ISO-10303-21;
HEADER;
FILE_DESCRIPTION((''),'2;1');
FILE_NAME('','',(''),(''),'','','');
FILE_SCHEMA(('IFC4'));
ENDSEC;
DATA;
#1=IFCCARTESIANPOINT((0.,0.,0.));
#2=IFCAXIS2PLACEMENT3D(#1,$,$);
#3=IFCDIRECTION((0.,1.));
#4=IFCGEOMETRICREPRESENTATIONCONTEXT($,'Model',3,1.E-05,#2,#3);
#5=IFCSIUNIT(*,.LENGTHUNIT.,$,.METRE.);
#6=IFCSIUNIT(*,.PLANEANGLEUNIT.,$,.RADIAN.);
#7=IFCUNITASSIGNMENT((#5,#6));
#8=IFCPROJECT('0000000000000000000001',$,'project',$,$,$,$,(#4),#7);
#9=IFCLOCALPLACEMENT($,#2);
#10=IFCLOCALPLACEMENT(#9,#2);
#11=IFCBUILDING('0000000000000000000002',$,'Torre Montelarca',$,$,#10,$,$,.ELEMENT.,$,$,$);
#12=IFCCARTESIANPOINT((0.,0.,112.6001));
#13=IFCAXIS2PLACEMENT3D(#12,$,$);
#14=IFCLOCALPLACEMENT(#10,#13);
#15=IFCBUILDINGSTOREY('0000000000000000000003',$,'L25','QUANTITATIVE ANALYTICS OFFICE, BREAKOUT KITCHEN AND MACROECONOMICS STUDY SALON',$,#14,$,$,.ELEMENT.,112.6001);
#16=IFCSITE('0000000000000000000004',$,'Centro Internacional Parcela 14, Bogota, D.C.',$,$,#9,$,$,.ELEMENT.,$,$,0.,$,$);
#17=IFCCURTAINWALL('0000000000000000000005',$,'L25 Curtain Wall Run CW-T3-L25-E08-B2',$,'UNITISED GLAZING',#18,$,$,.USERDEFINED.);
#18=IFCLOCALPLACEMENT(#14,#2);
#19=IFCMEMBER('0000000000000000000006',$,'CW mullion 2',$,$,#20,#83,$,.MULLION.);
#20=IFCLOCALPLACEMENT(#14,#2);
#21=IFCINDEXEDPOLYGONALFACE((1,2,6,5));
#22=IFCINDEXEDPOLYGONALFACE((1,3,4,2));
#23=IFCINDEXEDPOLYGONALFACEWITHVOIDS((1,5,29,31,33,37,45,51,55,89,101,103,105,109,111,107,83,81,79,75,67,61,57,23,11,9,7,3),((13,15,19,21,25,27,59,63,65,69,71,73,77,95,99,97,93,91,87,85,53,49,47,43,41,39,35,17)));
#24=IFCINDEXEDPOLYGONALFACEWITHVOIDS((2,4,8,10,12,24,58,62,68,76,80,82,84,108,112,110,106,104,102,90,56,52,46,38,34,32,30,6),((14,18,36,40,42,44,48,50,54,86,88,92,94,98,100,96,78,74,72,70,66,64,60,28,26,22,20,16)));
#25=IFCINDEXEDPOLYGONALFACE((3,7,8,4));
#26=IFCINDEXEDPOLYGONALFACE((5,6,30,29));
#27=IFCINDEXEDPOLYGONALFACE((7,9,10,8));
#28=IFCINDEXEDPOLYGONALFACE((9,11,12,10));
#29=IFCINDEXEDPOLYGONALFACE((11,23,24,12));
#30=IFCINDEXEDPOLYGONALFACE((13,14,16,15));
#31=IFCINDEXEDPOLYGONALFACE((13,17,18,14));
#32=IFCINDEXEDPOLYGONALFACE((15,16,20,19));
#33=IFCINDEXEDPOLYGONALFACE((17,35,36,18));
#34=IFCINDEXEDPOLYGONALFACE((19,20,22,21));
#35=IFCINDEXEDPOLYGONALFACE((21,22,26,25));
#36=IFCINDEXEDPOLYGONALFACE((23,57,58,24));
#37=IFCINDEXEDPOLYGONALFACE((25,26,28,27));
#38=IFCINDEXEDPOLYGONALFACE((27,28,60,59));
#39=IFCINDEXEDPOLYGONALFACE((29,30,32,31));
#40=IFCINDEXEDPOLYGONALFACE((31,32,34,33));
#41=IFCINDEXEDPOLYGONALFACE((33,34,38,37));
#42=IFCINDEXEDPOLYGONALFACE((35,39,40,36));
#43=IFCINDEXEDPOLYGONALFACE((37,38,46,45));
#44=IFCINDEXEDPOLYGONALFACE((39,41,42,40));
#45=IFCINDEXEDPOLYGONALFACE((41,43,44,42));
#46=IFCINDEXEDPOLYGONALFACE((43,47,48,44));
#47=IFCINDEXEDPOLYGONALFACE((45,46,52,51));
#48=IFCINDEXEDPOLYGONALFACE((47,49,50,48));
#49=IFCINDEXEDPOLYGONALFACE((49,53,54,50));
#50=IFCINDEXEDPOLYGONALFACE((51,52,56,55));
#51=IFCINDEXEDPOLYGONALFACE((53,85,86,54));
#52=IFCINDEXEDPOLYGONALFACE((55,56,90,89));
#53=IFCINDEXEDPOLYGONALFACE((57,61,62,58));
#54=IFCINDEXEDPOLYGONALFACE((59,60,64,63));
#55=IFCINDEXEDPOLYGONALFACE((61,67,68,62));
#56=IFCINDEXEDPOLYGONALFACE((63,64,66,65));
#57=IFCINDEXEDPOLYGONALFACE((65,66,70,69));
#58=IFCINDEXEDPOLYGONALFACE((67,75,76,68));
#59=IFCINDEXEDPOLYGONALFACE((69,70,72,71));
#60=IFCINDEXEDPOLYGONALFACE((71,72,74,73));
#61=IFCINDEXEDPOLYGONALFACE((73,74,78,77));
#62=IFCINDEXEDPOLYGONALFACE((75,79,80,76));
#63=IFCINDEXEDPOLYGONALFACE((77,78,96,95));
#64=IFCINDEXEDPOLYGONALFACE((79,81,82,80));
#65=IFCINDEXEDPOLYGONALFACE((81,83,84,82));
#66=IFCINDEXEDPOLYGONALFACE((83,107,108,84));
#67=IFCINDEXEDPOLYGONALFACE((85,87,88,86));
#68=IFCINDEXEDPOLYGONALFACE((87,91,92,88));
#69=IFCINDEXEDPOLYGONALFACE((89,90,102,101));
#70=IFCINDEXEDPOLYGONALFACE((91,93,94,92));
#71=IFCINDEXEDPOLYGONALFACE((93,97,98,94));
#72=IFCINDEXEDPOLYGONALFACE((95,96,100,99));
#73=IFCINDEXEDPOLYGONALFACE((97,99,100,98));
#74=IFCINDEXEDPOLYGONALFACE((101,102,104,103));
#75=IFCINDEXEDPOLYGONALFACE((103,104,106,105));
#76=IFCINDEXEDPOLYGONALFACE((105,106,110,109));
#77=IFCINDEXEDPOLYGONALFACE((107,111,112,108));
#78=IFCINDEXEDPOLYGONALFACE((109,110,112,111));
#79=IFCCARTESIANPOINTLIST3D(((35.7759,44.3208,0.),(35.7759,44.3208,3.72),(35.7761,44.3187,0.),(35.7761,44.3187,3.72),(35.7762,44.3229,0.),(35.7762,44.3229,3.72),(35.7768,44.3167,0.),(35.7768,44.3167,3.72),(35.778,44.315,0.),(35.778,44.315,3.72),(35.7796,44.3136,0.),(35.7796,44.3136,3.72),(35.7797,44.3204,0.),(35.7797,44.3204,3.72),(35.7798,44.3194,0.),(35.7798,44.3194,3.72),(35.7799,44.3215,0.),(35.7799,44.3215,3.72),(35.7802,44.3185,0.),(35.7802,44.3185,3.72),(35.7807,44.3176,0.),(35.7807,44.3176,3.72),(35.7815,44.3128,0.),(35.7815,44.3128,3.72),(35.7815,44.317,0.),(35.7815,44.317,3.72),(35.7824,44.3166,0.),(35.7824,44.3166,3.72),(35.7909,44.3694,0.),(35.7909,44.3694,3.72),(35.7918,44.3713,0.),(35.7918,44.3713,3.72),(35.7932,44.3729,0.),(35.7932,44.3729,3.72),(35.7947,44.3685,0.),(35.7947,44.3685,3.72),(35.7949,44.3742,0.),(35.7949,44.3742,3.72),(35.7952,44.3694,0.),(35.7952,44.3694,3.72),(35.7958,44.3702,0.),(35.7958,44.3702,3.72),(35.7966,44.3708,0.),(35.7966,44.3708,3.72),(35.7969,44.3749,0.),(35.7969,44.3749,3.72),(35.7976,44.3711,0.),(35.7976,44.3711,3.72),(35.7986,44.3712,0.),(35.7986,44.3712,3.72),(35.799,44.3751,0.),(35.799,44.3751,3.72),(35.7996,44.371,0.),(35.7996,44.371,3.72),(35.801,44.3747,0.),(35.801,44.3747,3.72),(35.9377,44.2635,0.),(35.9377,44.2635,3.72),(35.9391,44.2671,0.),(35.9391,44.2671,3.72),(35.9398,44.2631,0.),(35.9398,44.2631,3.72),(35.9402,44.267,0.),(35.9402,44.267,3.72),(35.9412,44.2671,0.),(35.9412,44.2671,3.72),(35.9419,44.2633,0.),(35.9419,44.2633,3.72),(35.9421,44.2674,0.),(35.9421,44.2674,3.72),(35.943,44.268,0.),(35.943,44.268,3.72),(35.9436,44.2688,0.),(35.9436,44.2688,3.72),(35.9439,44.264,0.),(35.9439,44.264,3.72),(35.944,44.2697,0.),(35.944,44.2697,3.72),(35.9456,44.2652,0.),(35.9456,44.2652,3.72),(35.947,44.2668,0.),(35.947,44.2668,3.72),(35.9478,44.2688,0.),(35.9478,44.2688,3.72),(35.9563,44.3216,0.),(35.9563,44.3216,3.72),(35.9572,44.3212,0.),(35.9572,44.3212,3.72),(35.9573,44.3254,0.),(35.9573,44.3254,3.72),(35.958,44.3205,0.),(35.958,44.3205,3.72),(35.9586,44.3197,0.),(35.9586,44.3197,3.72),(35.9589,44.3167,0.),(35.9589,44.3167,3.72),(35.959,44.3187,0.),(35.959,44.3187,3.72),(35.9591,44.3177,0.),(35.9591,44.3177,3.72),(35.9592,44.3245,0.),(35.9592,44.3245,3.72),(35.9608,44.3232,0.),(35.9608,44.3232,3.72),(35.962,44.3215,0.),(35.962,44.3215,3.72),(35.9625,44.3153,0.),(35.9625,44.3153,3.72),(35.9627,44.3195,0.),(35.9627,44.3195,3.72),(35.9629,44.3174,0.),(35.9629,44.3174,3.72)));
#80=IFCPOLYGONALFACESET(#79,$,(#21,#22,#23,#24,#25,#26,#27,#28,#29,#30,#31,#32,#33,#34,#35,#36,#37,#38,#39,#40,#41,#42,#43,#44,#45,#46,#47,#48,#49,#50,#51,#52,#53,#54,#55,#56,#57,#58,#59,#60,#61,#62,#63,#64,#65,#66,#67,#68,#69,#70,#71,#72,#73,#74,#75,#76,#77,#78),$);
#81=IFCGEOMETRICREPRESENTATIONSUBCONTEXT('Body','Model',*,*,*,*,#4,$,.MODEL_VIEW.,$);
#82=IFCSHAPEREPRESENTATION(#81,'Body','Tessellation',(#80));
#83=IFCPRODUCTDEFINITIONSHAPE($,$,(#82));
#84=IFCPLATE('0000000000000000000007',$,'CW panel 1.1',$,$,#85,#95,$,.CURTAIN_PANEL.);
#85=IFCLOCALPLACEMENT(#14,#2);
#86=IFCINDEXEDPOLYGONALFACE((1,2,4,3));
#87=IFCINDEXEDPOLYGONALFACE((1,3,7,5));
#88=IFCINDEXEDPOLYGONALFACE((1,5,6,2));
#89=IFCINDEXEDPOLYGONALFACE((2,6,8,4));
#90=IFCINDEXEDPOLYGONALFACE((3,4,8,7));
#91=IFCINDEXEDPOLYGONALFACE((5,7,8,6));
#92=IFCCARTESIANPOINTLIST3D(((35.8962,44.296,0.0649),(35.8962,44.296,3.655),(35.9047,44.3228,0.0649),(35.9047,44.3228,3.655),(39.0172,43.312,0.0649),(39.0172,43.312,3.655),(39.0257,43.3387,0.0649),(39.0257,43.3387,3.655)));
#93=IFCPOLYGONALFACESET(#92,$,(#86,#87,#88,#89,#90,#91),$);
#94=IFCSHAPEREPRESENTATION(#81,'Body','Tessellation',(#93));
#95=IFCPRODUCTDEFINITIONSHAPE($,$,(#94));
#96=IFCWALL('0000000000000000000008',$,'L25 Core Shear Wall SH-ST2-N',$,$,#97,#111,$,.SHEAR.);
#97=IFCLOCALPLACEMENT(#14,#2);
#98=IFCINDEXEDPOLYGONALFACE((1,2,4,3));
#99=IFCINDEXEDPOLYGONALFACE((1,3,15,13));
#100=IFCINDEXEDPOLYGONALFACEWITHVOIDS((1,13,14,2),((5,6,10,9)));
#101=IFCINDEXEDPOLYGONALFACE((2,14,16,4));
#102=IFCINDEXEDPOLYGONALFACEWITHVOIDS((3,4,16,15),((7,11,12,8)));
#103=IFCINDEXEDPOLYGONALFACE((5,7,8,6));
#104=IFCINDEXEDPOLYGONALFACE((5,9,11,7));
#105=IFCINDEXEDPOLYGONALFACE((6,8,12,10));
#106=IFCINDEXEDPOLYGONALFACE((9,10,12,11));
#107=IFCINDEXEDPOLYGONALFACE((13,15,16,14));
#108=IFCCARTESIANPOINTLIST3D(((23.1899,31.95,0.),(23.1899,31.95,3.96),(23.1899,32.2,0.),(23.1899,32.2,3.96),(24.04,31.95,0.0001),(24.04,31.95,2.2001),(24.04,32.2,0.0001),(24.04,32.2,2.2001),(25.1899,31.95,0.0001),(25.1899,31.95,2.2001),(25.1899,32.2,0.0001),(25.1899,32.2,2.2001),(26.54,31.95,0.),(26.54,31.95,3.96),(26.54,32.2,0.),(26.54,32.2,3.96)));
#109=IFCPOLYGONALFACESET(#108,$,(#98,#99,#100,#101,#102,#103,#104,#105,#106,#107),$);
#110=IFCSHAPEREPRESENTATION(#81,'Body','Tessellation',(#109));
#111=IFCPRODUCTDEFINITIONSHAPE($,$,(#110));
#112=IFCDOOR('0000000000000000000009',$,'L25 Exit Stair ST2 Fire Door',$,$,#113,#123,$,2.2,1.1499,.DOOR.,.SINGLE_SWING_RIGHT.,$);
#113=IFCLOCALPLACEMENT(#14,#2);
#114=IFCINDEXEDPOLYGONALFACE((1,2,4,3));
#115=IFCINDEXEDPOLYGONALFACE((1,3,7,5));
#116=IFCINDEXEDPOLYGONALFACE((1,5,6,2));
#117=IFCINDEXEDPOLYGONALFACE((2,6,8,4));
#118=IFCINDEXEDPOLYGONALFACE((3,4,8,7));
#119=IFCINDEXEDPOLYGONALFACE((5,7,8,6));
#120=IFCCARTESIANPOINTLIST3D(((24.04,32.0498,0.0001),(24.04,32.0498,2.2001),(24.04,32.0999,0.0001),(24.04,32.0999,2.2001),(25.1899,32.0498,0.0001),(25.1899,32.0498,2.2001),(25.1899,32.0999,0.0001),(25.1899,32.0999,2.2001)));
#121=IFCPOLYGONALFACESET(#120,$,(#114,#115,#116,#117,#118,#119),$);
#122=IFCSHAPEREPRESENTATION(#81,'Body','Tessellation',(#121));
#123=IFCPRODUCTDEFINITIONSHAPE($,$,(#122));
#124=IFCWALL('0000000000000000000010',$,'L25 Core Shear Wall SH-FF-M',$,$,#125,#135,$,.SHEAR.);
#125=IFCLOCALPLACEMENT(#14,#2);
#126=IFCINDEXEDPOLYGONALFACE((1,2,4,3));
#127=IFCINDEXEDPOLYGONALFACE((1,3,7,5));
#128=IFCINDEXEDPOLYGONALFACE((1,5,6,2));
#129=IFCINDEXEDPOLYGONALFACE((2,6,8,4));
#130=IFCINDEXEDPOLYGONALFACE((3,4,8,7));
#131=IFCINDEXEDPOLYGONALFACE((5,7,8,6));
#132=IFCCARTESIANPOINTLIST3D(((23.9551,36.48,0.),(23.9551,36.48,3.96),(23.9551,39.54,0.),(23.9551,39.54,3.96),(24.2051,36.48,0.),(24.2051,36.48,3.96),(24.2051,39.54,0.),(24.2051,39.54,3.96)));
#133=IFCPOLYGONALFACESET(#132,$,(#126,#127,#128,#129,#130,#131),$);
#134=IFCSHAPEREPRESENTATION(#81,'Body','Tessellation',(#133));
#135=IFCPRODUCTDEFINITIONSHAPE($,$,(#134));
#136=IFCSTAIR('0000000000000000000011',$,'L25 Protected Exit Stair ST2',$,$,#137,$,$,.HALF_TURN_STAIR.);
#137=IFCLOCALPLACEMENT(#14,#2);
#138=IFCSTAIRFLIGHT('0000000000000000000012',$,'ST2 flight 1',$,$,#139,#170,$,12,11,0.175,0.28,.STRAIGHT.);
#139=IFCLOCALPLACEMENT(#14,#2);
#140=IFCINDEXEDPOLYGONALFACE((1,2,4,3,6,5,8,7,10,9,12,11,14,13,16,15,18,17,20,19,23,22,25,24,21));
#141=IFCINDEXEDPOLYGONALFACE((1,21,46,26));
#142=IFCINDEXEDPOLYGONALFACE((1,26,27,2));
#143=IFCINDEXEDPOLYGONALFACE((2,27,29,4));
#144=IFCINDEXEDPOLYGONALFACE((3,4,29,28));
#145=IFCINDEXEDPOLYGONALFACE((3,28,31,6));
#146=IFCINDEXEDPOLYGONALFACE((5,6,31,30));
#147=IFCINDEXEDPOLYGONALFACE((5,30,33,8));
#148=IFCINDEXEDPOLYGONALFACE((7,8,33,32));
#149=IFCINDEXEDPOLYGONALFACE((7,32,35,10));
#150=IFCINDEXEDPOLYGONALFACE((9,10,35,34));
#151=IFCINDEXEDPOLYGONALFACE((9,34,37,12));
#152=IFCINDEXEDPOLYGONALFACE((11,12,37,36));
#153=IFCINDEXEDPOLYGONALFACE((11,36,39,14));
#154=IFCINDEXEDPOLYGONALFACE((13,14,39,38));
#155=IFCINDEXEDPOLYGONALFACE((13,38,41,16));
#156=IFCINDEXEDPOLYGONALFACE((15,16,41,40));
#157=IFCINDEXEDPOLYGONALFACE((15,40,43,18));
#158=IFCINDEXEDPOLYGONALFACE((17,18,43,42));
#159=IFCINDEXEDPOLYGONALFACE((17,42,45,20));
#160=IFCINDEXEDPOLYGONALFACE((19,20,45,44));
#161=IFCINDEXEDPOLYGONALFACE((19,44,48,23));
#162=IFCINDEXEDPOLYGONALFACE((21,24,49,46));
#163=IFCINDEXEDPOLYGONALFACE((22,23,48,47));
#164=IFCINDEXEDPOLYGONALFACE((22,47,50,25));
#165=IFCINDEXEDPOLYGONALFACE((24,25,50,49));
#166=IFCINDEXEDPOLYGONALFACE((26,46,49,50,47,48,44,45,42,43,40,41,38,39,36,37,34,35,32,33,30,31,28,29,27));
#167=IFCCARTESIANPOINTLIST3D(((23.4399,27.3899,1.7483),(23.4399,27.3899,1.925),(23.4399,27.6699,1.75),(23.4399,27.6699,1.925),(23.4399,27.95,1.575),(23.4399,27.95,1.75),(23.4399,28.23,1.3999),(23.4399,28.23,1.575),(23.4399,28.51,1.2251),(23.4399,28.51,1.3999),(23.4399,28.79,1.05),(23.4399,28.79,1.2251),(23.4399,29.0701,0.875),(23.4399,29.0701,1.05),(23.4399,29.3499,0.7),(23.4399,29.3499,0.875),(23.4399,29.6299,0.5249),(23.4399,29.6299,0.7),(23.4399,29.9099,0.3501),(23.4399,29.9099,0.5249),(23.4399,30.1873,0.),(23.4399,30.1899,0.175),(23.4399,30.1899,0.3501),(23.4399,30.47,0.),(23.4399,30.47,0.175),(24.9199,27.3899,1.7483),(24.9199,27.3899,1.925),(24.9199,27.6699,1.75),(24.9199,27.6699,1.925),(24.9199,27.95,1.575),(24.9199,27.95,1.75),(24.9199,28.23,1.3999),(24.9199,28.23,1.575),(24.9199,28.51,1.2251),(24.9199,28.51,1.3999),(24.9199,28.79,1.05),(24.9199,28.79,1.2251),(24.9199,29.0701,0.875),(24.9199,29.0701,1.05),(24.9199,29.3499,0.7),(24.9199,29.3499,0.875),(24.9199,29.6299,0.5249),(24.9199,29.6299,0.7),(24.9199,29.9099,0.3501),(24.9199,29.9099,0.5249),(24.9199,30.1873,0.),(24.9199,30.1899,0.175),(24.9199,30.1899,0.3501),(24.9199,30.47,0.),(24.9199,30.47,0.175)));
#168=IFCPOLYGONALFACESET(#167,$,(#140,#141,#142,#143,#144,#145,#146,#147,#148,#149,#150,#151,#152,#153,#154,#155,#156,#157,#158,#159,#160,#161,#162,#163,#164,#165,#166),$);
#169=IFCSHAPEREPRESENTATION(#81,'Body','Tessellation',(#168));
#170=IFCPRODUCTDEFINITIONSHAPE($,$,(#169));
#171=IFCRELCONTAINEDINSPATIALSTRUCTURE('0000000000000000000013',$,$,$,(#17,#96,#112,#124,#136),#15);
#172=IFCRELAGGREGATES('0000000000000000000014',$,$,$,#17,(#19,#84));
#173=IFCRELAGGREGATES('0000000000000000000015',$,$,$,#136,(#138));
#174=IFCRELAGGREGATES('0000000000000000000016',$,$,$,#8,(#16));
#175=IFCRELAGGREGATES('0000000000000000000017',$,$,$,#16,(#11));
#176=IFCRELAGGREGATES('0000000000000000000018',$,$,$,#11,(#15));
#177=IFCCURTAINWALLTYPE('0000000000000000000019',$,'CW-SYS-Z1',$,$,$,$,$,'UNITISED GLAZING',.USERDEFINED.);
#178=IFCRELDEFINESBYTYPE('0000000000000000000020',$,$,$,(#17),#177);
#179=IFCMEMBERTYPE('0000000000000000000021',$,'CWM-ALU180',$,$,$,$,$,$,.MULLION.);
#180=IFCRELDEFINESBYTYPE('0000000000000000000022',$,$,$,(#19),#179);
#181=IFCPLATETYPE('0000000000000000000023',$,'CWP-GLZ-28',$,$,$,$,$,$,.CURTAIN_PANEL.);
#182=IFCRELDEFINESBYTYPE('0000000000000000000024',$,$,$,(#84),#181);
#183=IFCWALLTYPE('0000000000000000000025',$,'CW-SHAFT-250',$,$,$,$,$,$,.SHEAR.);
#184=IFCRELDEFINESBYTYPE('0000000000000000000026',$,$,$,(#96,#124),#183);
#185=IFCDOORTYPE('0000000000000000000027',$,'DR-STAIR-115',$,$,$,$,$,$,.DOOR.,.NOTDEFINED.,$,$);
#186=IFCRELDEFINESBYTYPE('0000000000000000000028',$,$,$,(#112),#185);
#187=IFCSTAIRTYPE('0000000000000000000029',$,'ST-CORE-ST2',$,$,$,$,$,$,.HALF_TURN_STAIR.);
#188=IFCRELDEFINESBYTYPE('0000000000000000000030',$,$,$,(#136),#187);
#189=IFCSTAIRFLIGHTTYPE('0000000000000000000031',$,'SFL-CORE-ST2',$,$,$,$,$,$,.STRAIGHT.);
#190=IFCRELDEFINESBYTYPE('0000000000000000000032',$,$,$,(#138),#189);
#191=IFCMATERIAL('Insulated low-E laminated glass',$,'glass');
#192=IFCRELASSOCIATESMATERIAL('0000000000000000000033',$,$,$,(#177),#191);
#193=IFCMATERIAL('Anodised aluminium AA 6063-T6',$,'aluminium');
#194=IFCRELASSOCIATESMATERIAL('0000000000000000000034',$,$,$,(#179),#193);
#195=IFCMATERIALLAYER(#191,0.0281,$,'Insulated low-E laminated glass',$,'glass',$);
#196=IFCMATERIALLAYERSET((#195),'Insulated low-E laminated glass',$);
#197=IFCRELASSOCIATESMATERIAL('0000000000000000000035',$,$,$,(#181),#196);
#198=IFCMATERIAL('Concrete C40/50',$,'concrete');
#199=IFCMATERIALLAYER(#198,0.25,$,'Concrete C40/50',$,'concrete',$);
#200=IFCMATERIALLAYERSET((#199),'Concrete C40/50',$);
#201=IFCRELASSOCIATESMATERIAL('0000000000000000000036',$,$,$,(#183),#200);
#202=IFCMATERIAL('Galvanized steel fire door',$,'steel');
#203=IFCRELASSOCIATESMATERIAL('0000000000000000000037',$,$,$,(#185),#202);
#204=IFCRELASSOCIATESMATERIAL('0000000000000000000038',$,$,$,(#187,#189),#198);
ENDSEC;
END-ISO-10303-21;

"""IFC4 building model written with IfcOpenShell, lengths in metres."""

from ifc_helpers import new_model, si_unit, direction, frame, frame_2d, origin, origin_2d, place, context, subcontext, project, spatial, polyline, rectangle, hollow_rectangle, outline, extrude, source, transform, mapped, material, layer, layer_set, material_profile, profile_set, type_object, element, fill, aggregate, save


model = new_model("IFC4")

# Units and contexts
model_context = context("Model", 3, precision=1e-05, world=origin(), true_north=direction((0.0, 1.0)))
body_context = subcontext(model_context, "Body", "Model", "MODEL_VIEW")
ifc_project = project(units=[si_unit("LENGTHUNIT", "METRE"), si_unit("PLANEANGLEUNIT", "RADIAN")], contexts=[model_context])

# Site, building, storey
site_placement = place(None, origin())
site = spatial("IfcSite", under=ifc_project, at=site_placement, Name="Centro Internacional Parcela 14, Bogota, D.C.", CompositionType="ELEMENT", RefElevation=0.0)
building_placement = place(site_placement, origin())
building = spatial("IfcBuilding", under=site, at=building_placement, Name="Torre Montelarca", CompositionType="ELEMENT")
storey_placement = place(building_placement, frame((0.0, 0.0, 112.6001)))
storey = spatial("IfcBuildingStorey", under=building, at=storey_placement, Name="L25", Description="QUANTITATIVE ANALYTICS OFFICE, BREAKOUT KITCHEN AND MACROECONOMICS STUDY SALON", CompositionType="ELEMENT", Elevation=112.6001)

# Curtain wall, member, plate
ifc_material_1 = material(Name="Insulated low-E laminated glass", Category="glass")
curtain_wall_type = type_object("IfcCurtainWallType", Name="CW-SYS-Z1", ElementType="UNITISED GLAZING", PredefinedType="USERDEFINED", material=ifc_material_1)
curtain_wall_placement = place(storey_placement, origin())
curtain_wall = element("IfcCurtainWall", 1, at=curtain_wall_placement, inside=storey, type_object=curtain_wall_type, Name="L25 Curtain Wall Run CW-T3-L25-E08-B2", ObjectType="UNITISED GLAZING", PredefinedType="USERDEFINED")
ifc_material_2 = material(Name="Anodised aluminium AA 6063-T6", Category="aluminium")
ifc_material_profile_1 = material_profile(ifc_material_2, hollow_rectangle(XDim=0.0649, YDim=0.1799, WallThickness=0.0039, InnerFilletRadius=0.0039, OuterFilletRadius=0.0081, at=origin_2d()), Name="ALU65X180X4", Category="aluminium")
ifc_profile_set_1 = profile_set([ifc_material_profile_1], Name="Anodised aluminium AA 6063-T6")
member_type_1 = type_object("IfcMemberType", Name="CWM-ALU180", PredefinedType="MULLION", material=ifc_profile_set_1)
shared_shape_1 = source(origin(), body_context, "Body", "SweptSolid", [
    extrude(hollow_rectangle(XDim=0.0649, YDim=0.1799, WallThickness=0.0039, InnerFilletRadius=0.0039, OuterFilletRadius=0.0081, at=origin_2d()), origin(), (0.0, 0.0, 1.0), 3.72),
])
member_1_placement = place(storey_placement, frame((35.8694, 44.3191, 0.0), z_axis=(0.0, 0.0, 1.0), x_axis=(-0.300714, -0.953714, 0.0)))
member_1 = element("IfcMember", 2, at=member_1_placement, type_object=member_type_1, Name="CW mullion 2", PredefinedType="MULLION", context=body_context, shape_type="MappedRepresentation", body=[
    mapped(shared_shape_1, transform((0.0, 0.0, 0.0), scale=1.0)),
])
ifc_layer_1 = layer(ifc_material_1, 0.0281, Name="Insulated low-E laminated glass", Category="glass")
ifc_layer_set_1 = layer_set([ifc_layer_1], Name="Insulated low-E laminated glass")
plate_type = type_object("IfcPlateType", Name="CWP-GLZ-28", PredefinedType="CURTAIN_PANEL", material=ifc_layer_set_1)
shared_shape_2 = source(origin(), body_context, "Body", "SweptSolid", [
    extrude(rectangle(XDim=3.2725, YDim=0.0281, at=origin_2d()), origin(), (0.0, 0.0, 1.0), 3.5901),
])
plate_placement = place(storey_placement, frame((37.4609, 43.8174, 0.0649), z_axis=(0.0, 0.0, 1.0), x_axis=(-0.953714, 0.300714, 0.0)))
plate = element("IfcPlate", 3, at=plate_placement, type_object=plate_type, Name="CW panel 1.1", PredefinedType="CURTAIN_PANEL", context=body_context, shape_type="MappedRepresentation", body=[
    mapped(shared_shape_2, transform((0.0, 0.0, 0.0), scale=1.0)),
])
aggregate(curtain_wall, [member_1, plate])

# Wall, opening, door
ifc_material_3 = material(Name="Concrete C40/50", Category="concrete")
ifc_layer_2 = layer(ifc_material_3, 0.25, Name="Concrete C40/50", Category="concrete")
ifc_layer_set_2 = layer_set([ifc_layer_2], Name="Concrete C40/50")
wall_type = type_object("IfcWallType", Name="CW-SHAFT-250", PredefinedType="SHEAR", material=ifc_layer_set_2)
wall_1_placement = place(storey_placement, frame((23.1899, 32.075, 0.0), z_axis=(0.0, 0.0, 1.0), x_axis=(1.0, 0.0, 0.0)))
wall_1 = element("IfcWall", 4, at=wall_1_placement, inside=storey, type_object=wall_type, Name="L25 Core Shear Wall SH-ST2-N", PredefinedType="SHEAR", context=body_context, shape_type="SweptSolid", body=[
    extrude(rectangle(XDim=3.3501, YDim=0.25, at=frame_2d((1.675, 0.0))), origin(), (0.0, 0.0, 1.0), 3.96),
])
opening_placement = place(wall_1_placement, frame((0.8501, 0.0, 0.0)))
opening = element("IfcOpeningElement", 5, at=opening_placement, cuts=wall_1, PredefinedType="OPENING", context=body_context, shape_type="SweptSolid", body=[
    extrude(rectangle(XDim=1.1499, YDim=2.2, at=frame_2d((0.575, 1.1001))), frame((0.0, 0.135, 0.0), z_axis=(0.0, -1.0, 0.0), x_axis=(1.0, 0.0, 0.0)), (0.0, 0.0, 1.0), 0.27),
])
ifc_material_4 = material(Name="Galvanized steel fire door", Category="steel")
door_type = type_object("IfcDoorType", Name="DR-STAIR-115", OperationType="NOTDEFINED", PredefinedType="DOOR", material=ifc_material_4)
shared_shape_3 = source(origin(), body_context, "Body", "SweptSolid", [
    extrude(rectangle(XDim=1.1499, YDim=2.2, at=frame_2d((0.575, 1.1001))), frame((0.0, 0.0249, 0.0), z_axis=(0.0, -1.0, 0.0), x_axis=(1.0, 0.0, 0.0)), (0.0, 0.0, 1.0), 0.05),
])
door_placement = place(opening_placement, origin())
door = element("IfcDoor", 6, at=door_placement, inside=storey, type_object=door_type, Name="L25 Exit Stair ST2 Fire Door", OperationType="SINGLE_SWING_RIGHT", OverallHeight=2.2, OverallWidth=1.1499, PredefinedType="DOOR", context=body_context, shape_type="MappedRepresentation", body=[
    mapped(shared_shape_3, transform((0.0, 0.0, 0.0), scale=1.0)),
])
fill(opening, door)

# Wall
wall_2_placement = place(storey_placement, frame((24.0801, 36.48, 0.0), z_axis=(0.0, 0.0, 1.0), x_axis=(0.0, 1.0, 0.0)))
element("IfcWall", 7, at=wall_2_placement, inside=storey, type_object=wall_type, Name="L25 Core Shear Wall SH-FF-M", PredefinedType="SHEAR", context=body_context, shape_type="SweptSolid", body=[
    extrude(rectangle(XDim=3.0601, YDim=0.25, at=frame_2d((1.53, 0.0))), origin(), (0.0, 0.0, 1.0), 3.96),
])

# Stair, stair flight
stair_type = type_object("IfcStairType", Name="ST-CORE-ST2", PredefinedType="HALF_TURN_STAIR", material=ifc_material_3)
stair_placement = place(storey_placement, origin())
stair = element("IfcStair", 8, at=stair_placement, inside=storey, type_object=stair_type, Name="L25 Protected Exit Stair ST2", PredefinedType="HALF_TURN_STAIR")
stair_flight_type = type_object("IfcStairFlightType", Name="SFL-CORE-ST2", PredefinedType="STRAIGHT", material=ifc_material_3)
stair_flight_1_placement = place(storey_placement, frame((24.1799, 30.47, 0.0), z_axis=(0.0, 0.0, 1.0), x_axis=(0.0, -1.0, 0.0)))
stair_flight_1 = element("IfcStairFlight", 9, at=stair_flight_1_placement, type_object=stair_flight_type, Name="ST2 flight 1", NumberOfRisers=12, NumberOfTreads=11, PredefinedType="STRAIGHT", RiserHeight=0.175, TreadLength=0.28, context=body_context, shape_type="SweptSolid", body=[
    extrude(outline(polyline([(0.0, 0.0), (0.0, 0.175), (0.28, 0.175), (0.28, 0.3501), (0.5601, 0.3501), (0.5601, 0.5249), (0.8401, 0.5249), (0.8401, 0.7), (1.1201, 0.7), (1.1201, 0.875), (1.3999, 0.875), (1.3999, 1.05), (1.6799, 1.05), (1.6799, 1.2251), (1.96, 1.2251), (1.96, 1.3999), (2.24, 1.3999), (2.24, 1.575), (2.52, 1.575), (2.52, 1.75), (2.8, 1.75), (2.8, 1.925), (3.0801, 1.925), (3.0801, 2.1001), (3.0801, 1.7483), (0.2827, 0.0), (0.0, 0.0)])), frame((0.0, 0.74, 0.0), z_axis=(0.0, -1.0, 0.0), x_axis=(1.0, 0.0, 0.0)), (0.0, 0.0, 1.0), 1.48),
])
aggregate(stair, [stair_flight_1])

save(model, "model.ifc")
